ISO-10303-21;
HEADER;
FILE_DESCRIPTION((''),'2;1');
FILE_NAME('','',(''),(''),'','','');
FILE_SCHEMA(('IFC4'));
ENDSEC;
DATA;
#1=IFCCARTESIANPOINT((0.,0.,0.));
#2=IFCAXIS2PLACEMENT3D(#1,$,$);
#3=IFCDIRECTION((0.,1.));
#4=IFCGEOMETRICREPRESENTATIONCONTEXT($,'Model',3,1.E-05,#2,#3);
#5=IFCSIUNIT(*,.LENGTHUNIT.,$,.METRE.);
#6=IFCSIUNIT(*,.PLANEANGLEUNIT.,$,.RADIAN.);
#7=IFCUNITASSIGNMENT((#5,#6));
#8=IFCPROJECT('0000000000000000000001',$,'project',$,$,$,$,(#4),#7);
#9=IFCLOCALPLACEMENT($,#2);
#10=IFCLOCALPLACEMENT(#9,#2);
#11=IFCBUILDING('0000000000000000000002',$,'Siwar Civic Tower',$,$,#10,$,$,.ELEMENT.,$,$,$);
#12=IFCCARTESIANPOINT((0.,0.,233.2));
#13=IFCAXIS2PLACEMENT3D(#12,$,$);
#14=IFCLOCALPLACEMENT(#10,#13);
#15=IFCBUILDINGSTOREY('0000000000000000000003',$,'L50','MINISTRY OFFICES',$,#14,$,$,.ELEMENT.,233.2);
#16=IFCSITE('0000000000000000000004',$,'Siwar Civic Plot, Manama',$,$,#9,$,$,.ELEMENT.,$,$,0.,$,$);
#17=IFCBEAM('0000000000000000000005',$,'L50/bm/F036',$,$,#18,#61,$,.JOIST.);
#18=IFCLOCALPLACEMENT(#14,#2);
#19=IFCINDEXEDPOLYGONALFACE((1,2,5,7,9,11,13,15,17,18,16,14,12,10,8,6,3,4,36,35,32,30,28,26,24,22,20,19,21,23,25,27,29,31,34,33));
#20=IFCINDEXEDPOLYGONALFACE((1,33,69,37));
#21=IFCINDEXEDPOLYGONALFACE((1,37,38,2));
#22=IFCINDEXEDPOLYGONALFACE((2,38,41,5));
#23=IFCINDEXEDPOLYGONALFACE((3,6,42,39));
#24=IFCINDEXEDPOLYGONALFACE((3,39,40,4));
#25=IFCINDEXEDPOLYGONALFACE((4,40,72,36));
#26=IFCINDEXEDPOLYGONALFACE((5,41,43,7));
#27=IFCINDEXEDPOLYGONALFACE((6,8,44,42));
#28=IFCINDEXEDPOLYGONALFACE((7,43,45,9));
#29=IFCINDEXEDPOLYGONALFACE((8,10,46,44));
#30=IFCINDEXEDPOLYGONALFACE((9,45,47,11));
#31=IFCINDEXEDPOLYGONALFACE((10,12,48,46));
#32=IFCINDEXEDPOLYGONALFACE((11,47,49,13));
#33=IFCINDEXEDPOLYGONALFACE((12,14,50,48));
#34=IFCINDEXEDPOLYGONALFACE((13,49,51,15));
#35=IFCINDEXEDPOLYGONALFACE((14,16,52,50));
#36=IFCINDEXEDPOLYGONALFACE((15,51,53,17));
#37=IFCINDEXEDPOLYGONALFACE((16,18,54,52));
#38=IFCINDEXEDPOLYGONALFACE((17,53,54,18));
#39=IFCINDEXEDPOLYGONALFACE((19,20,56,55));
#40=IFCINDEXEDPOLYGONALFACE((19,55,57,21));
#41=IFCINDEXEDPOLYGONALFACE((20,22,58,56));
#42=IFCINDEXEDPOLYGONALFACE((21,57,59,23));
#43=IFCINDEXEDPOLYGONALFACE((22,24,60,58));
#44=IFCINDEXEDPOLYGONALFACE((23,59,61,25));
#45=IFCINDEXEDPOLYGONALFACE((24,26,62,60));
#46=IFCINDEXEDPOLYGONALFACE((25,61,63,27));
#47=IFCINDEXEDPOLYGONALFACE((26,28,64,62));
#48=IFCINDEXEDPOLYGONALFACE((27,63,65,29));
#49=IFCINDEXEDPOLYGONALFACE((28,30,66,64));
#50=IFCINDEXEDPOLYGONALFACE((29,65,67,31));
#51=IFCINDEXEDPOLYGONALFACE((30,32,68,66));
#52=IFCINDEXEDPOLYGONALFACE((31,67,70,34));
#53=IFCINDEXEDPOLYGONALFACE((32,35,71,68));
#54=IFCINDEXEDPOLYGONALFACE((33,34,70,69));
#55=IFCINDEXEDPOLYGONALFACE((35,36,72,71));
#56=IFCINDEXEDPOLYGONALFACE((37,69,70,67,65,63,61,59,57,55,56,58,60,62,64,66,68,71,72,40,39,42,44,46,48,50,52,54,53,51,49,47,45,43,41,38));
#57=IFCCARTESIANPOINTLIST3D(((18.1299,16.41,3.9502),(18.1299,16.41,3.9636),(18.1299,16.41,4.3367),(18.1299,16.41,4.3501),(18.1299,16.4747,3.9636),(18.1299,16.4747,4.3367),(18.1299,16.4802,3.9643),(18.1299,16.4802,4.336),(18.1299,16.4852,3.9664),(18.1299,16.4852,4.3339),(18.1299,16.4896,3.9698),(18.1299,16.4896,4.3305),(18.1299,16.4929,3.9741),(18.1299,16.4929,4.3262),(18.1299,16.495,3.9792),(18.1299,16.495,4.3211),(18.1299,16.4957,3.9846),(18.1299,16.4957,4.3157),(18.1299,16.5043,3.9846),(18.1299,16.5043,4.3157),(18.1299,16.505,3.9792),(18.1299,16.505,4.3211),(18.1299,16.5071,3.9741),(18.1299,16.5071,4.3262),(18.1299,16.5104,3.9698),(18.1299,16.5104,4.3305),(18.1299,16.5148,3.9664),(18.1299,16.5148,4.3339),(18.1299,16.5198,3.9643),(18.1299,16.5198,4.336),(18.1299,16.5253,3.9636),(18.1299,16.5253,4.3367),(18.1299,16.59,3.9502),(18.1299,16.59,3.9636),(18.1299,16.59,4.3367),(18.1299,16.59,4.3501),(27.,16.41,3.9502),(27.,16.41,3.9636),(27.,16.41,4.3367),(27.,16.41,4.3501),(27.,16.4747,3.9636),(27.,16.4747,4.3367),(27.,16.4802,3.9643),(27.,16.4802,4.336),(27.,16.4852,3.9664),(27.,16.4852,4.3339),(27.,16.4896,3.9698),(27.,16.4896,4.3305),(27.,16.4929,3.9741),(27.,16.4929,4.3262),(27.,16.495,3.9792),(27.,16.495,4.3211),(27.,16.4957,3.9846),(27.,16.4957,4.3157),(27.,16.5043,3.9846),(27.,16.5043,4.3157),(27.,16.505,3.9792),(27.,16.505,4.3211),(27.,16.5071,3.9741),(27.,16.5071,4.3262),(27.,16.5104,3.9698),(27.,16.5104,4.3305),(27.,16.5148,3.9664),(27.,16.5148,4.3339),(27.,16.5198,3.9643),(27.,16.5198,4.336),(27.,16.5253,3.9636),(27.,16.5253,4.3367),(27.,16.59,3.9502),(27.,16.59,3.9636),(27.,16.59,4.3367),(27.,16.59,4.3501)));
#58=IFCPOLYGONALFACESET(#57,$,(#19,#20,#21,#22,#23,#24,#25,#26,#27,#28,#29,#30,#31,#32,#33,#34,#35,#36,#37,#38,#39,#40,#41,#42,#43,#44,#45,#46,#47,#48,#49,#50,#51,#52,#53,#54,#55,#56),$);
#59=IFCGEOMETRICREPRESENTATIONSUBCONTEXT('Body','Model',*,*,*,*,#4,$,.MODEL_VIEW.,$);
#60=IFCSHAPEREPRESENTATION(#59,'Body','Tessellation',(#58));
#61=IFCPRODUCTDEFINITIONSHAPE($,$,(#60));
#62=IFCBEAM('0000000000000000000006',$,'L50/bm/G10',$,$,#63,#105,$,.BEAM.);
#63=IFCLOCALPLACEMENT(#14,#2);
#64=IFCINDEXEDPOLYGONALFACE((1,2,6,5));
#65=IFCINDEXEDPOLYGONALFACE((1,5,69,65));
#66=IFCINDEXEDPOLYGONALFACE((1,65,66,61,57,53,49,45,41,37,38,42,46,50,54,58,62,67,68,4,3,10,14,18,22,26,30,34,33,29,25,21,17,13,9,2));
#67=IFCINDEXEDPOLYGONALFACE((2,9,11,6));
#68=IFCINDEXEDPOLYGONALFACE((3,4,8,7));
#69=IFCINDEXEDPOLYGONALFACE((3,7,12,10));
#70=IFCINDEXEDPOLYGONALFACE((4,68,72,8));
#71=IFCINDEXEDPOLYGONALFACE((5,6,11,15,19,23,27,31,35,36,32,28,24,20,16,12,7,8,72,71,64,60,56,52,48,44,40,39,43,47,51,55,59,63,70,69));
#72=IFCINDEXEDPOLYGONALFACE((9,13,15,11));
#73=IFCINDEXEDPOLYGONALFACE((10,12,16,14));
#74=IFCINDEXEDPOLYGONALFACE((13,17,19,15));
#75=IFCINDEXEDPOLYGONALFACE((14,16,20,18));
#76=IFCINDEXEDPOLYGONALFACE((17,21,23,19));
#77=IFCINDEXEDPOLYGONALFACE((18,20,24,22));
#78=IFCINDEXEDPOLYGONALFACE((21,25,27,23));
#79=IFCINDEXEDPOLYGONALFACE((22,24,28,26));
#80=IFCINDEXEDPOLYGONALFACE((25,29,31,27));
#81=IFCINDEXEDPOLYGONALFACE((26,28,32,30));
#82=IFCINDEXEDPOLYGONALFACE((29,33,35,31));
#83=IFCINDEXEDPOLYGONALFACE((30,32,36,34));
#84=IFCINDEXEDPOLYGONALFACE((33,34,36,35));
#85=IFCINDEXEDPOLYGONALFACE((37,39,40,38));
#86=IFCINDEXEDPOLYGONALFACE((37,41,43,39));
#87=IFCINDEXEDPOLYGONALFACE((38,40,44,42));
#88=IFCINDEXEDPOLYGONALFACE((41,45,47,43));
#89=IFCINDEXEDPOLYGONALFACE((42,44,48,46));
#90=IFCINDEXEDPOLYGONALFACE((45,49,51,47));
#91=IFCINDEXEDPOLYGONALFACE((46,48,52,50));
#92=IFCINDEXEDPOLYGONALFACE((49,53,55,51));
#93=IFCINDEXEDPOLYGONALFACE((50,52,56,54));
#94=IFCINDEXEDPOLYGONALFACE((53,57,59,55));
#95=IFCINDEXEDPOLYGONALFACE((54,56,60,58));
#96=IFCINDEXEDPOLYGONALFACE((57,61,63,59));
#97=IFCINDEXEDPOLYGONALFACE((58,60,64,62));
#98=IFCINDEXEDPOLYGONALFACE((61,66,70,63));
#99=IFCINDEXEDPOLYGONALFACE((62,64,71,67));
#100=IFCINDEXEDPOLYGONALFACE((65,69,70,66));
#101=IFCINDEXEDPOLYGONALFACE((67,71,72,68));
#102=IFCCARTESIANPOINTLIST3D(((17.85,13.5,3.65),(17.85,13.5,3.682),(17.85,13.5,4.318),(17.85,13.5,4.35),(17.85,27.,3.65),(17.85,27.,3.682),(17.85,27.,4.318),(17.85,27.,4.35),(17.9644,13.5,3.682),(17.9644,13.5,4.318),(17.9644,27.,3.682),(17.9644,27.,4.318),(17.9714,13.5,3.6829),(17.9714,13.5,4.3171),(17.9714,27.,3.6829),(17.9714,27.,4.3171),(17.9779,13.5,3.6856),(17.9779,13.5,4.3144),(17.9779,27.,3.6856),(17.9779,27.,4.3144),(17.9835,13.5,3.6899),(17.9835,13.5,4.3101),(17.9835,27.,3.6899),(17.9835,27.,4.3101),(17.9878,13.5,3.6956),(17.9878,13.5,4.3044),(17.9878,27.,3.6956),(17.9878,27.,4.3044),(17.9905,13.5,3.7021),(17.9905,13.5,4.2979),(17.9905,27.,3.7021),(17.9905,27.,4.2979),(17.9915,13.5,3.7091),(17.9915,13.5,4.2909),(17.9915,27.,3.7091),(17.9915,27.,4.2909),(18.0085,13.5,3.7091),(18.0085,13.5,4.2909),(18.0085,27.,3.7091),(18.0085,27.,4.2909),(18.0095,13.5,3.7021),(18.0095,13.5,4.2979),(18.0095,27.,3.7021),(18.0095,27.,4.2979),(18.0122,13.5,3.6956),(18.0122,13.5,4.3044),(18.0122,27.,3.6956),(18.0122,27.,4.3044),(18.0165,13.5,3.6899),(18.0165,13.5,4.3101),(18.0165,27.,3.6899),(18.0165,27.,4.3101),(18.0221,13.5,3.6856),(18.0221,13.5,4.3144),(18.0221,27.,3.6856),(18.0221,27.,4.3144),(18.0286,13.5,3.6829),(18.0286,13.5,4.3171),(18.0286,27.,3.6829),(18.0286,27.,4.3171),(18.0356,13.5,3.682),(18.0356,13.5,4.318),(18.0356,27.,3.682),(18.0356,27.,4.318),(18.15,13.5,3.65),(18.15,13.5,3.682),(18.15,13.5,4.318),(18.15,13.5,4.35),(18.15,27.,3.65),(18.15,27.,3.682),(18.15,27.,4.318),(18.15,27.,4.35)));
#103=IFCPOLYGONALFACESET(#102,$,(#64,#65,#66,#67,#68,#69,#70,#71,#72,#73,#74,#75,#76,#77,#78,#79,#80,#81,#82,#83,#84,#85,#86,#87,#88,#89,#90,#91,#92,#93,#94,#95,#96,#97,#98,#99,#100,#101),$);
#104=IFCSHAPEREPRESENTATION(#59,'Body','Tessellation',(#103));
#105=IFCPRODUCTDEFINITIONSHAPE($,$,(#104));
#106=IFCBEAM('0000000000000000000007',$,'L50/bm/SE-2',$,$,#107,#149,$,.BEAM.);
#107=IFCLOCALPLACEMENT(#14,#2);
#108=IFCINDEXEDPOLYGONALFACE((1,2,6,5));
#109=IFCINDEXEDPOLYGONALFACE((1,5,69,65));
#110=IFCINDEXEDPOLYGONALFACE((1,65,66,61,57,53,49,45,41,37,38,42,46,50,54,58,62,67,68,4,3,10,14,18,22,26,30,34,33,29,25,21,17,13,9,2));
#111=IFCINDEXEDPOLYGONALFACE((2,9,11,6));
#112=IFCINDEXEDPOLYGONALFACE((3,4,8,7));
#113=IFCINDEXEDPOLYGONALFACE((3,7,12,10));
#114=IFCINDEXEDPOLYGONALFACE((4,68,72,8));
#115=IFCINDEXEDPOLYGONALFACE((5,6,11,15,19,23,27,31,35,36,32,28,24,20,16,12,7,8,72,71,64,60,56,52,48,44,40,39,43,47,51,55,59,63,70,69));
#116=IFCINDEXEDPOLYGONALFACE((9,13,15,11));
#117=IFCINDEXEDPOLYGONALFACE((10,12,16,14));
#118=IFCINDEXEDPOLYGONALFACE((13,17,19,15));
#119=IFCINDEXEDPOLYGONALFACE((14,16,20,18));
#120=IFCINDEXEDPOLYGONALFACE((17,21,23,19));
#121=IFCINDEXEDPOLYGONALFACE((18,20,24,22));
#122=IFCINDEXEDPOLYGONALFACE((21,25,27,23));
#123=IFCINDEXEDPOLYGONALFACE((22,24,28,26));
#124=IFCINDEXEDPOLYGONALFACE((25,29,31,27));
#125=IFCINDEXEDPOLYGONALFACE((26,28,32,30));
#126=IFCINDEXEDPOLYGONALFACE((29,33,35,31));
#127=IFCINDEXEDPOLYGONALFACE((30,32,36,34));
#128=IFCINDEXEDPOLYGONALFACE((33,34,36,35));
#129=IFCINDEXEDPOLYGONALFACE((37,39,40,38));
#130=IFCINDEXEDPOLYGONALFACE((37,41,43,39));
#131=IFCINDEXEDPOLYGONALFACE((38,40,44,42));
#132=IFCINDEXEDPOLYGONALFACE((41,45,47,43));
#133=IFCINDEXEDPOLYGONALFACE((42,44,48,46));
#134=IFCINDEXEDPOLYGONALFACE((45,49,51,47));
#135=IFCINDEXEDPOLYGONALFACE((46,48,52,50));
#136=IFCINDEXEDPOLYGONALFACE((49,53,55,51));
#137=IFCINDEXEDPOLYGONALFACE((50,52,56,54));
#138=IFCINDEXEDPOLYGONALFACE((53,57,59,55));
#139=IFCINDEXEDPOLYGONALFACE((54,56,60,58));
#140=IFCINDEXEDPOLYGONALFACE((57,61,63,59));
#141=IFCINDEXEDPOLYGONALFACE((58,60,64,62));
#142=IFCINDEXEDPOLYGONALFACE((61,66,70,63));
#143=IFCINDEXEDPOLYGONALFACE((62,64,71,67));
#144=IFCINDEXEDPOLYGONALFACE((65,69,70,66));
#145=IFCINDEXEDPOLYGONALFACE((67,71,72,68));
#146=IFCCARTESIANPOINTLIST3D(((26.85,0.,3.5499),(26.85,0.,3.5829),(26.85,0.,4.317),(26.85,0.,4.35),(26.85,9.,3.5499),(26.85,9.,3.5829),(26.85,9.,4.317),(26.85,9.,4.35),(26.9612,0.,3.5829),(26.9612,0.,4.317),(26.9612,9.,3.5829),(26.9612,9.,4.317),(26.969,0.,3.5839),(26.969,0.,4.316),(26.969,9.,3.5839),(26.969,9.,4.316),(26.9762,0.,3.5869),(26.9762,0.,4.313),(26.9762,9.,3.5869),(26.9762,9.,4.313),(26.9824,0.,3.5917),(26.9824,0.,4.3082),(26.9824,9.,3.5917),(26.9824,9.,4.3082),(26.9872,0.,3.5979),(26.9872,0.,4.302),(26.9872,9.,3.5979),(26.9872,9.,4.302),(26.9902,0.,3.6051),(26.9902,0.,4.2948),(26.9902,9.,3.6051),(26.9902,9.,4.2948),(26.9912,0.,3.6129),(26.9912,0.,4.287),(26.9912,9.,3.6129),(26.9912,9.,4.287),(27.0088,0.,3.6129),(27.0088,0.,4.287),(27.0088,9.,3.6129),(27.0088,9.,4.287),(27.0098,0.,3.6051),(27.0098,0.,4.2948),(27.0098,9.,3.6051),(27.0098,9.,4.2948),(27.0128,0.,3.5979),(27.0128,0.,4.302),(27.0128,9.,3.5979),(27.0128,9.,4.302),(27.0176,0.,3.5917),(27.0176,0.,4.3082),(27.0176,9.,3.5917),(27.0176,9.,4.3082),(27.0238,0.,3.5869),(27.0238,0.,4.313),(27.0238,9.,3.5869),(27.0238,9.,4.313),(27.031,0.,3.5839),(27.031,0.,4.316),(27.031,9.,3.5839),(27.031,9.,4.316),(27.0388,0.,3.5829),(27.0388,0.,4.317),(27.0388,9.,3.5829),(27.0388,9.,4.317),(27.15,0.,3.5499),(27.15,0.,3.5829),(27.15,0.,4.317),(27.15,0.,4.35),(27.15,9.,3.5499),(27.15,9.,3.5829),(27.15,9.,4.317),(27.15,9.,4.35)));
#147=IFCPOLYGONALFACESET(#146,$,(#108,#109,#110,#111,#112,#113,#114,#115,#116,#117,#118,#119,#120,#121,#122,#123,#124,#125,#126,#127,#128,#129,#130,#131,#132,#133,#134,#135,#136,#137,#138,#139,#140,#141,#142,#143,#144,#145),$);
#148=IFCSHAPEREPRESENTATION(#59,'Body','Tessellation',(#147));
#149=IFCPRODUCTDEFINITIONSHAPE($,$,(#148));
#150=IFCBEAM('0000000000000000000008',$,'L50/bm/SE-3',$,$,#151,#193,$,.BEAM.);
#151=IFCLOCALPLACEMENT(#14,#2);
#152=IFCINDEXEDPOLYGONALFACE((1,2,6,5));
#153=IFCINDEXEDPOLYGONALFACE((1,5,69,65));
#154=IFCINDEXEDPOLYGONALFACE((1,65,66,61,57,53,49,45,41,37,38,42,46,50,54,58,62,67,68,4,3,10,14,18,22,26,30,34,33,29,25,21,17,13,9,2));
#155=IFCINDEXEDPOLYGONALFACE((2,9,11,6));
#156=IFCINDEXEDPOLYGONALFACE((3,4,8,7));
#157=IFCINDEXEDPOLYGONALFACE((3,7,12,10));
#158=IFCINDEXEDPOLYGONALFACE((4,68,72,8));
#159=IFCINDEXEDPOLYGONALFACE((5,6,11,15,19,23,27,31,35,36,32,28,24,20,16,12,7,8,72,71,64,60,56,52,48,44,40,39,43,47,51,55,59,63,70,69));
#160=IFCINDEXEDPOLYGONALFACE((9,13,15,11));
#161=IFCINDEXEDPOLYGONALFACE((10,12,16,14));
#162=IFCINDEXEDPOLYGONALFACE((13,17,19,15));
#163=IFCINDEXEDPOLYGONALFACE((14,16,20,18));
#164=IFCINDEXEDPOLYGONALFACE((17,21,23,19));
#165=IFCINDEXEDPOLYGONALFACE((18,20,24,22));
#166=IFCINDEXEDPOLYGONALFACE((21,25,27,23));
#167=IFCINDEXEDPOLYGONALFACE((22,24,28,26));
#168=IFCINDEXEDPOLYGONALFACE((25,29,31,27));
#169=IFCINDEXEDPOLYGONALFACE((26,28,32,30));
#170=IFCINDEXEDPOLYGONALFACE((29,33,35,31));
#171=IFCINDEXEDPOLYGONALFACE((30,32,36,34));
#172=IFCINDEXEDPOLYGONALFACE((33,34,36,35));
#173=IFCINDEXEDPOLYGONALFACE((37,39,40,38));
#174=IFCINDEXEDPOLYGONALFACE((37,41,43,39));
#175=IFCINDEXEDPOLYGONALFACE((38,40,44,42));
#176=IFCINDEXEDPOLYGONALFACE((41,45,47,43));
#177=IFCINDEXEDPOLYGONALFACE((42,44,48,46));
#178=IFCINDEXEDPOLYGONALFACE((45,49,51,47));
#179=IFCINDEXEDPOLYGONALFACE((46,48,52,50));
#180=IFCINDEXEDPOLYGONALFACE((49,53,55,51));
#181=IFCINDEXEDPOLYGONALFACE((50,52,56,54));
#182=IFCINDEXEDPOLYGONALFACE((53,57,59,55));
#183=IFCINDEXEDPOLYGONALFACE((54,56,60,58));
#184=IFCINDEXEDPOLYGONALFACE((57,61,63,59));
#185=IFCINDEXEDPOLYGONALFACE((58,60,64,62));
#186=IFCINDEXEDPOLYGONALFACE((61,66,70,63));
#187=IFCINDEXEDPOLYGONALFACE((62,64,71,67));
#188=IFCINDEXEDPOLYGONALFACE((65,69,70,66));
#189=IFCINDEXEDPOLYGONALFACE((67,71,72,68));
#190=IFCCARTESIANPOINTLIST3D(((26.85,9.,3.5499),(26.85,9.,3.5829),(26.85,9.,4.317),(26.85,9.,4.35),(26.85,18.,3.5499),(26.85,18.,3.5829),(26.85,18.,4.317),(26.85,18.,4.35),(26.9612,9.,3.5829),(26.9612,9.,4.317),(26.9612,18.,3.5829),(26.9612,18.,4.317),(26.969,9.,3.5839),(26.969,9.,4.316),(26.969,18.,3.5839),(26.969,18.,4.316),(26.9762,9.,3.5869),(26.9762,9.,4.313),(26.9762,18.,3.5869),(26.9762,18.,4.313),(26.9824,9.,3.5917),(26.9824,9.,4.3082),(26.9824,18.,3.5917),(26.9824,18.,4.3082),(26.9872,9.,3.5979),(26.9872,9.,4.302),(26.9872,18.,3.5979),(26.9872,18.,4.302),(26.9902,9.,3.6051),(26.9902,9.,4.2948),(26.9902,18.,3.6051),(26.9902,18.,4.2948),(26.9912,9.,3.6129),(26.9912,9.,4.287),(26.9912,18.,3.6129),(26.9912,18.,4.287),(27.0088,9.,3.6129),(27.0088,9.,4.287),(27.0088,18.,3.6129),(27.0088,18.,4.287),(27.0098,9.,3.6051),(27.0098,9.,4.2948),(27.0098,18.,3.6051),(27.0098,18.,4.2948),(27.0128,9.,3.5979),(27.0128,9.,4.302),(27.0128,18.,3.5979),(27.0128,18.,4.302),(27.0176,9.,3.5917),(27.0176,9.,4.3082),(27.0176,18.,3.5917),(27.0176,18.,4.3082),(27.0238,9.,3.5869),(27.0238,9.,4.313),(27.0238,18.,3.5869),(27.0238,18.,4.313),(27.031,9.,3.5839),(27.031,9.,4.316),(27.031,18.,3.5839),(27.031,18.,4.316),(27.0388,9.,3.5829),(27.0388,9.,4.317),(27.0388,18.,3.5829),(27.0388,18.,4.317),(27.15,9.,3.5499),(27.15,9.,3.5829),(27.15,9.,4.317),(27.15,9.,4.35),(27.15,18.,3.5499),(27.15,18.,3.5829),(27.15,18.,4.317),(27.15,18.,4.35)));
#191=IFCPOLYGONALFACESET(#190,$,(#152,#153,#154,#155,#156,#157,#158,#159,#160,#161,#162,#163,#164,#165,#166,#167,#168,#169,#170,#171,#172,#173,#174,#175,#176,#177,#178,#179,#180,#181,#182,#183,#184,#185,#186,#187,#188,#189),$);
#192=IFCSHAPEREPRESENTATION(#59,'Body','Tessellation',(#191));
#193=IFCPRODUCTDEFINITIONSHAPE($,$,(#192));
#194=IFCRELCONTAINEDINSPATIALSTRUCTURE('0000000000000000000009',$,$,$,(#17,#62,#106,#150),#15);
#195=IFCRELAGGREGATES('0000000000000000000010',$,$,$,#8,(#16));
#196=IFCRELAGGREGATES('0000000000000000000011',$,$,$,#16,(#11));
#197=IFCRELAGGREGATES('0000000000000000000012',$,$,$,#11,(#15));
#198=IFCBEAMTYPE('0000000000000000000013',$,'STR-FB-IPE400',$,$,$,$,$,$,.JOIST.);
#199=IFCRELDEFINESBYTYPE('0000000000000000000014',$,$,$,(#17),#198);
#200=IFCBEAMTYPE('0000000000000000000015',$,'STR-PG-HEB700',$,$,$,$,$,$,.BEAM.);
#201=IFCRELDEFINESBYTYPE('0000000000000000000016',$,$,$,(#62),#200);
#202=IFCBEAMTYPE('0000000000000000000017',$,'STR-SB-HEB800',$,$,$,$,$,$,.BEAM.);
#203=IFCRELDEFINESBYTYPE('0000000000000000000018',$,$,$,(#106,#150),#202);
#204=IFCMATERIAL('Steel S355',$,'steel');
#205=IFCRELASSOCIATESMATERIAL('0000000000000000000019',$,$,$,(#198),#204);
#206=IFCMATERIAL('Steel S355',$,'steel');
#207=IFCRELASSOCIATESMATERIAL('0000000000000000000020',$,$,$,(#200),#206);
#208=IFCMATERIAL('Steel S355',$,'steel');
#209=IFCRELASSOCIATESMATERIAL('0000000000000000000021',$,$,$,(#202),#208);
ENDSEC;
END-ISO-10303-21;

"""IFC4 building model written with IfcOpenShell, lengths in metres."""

from ifc_helpers import new_model, si_unit, direction, frame, origin, origin_2d, place, context, subcontext, project, spatial, i_section, extrude, material, material_profile, profile_set, type_object, element, save


model = new_model("IFC4")

# Units and contexts
model_context = context("Model", 3, precision=1e-05, world=origin(), true_north=direction((0.0, 1.0)))
body_context = subcontext(model_context, "Body", "Model", "MODEL_VIEW")
ifc_project = project(units=[si_unit("LENGTHUNIT", "METRE"), si_unit("PLANEANGLEUNIT", "RADIAN")], contexts=[model_context])

# Site, building, storey
site_placement = place(None, origin())
site = spatial("IfcSite", under=ifc_project, at=site_placement, Name="Siwar Civic Plot, Manama", CompositionType="ELEMENT", RefElevation=0.0)
building_placement = place(site_placement, origin())
building = spatial("IfcBuilding", under=site, at=building_placement, Name="Siwar Civic Tower", CompositionType="ELEMENT")
storey_placement = place(building_placement, frame((0.0, 0.0, 233.2)))
storey = spatial("IfcBuildingStorey", under=building, at=storey_placement, Name="L50", Description="MINISTRY OFFICES", CompositionType="ELEMENT", Elevation=233.2)

# Beams
ifc_material_1 = material(Name="Steel S355", Category="steel")
ifc_material_profile_1 = material_profile(ifc_material_1, i_section(OverallWidth=0.1799, OverallDepth=0.3999, WebThickness=0.0085, FlangeThickness=0.0134, FilletRadius=0.021, at=origin_2d()), Name="IPE400")
ifc_profile_set_1 = profile_set([ifc_material_profile_1], Name="Steel S355")
beam_type_1 = type_object("IfcBeamType", Name="STR-FB-IPE400", PredefinedType="JOIST", material=ifc_profile_set_1)
beam_1_placement = place(storey_placement, frame((18.1299, 16.5, 4.1501), z_axis=(1.0, 0.0, 0.0), x_axis=(0.0, 1.0, 0.0)))
element("IfcBeam", 1, at=beam_1_placement, inside=storey, type_object=beam_type_1, Name="L50/bm/F036", PredefinedType="JOIST", context=body_context, shape_type="SweptSolid", body=[
    extrude(i_section(OverallWidth=0.1799, OverallDepth=0.3999, WebThickness=0.0085, FlangeThickness=0.0134, FilletRadius=0.021, at=origin_2d()), origin(), (0.0, 0.0, 1.0), 8.8701),
])
ifc_material_2 = material(Name="Steel S355", Category="steel")
ifc_material_profile_2 = material_profile(ifc_material_2, i_section(OverallWidth=0.3, OverallDepth=0.7, WebThickness=0.0171, FlangeThickness=0.032, FilletRadius=0.0271, at=origin_2d()), Name="HEB700")
ifc_profile_set_2 = profile_set([ifc_material_profile_2], Name="Steel S355")
beam_type_2 = type_object("IfcBeamType", Name="STR-PG-HEB700", PredefinedType="BEAM", material=ifc_profile_set_2)
beam_2_placement = place(storey_placement, frame((18.0, 13.5, 4.0), z_axis=(0.0, 1.0, 0.0), x_axis=(-1.0, 0.0, 0.0)))
element("IfcBeam", 2, at=beam_2_placement, inside=storey, type_object=beam_type_2, Name="L50/bm/G10", PredefinedType="BEAM", context=body_context, shape_type="SweptSolid", body=[
    extrude(i_section(OverallWidth=0.3, OverallDepth=0.7, WebThickness=0.0171, FlangeThickness=0.032, FilletRadius=0.0271, at=origin_2d()), origin(), (0.0, 0.0, 1.0), 13.5),
])
ifc_material_3 = material(Name="Steel S355", Category="steel")
ifc_material_profile_3 = material_profile(ifc_material_3, i_section(OverallWidth=0.3, OverallDepth=0.8, WebThickness=0.0176, FlangeThickness=0.033, FilletRadius=0.03, at=origin_2d()), Name="HEB800")
ifc_profile_set_3 = profile_set([ifc_material_profile_3], Name="Steel S355")
beam_type_3 = type_object("IfcBeamType", Name="STR-SB-HEB800", PredefinedType="BEAM", material=ifc_profile_set_3)
for number, where, z_axis, x_axis, name in (
    (3, (27.0, 0.0, 3.95), (0.0, 1.0, 0.0), (-1.0, 0.0, 0.0), "L50/bm/SE-2"),
    (4, (27.0, 9.0, 3.95), (0.0, 1.0, 0.0), (-1.0, 0.0, 0.0), "L50/bm/SE-3"),
):
    element("IfcBeam", number, at=place(storey_placement, frame(where, z_axis=z_axis, x_axis=x_axis)), inside=storey, type_object=beam_type_3, Name=name, PredefinedType="BEAM", context=body_context, shape_type="SweptSolid", body=[
        extrude(i_section(OverallWidth=0.3, OverallDepth=0.8, WebThickness=0.0176, FlangeThickness=0.033, FilletRadius=0.03, at=origin_2d()), origin(), (0.0, 0.0, 1.0), 9.0),
    ])

save(model, "model.ifc")
